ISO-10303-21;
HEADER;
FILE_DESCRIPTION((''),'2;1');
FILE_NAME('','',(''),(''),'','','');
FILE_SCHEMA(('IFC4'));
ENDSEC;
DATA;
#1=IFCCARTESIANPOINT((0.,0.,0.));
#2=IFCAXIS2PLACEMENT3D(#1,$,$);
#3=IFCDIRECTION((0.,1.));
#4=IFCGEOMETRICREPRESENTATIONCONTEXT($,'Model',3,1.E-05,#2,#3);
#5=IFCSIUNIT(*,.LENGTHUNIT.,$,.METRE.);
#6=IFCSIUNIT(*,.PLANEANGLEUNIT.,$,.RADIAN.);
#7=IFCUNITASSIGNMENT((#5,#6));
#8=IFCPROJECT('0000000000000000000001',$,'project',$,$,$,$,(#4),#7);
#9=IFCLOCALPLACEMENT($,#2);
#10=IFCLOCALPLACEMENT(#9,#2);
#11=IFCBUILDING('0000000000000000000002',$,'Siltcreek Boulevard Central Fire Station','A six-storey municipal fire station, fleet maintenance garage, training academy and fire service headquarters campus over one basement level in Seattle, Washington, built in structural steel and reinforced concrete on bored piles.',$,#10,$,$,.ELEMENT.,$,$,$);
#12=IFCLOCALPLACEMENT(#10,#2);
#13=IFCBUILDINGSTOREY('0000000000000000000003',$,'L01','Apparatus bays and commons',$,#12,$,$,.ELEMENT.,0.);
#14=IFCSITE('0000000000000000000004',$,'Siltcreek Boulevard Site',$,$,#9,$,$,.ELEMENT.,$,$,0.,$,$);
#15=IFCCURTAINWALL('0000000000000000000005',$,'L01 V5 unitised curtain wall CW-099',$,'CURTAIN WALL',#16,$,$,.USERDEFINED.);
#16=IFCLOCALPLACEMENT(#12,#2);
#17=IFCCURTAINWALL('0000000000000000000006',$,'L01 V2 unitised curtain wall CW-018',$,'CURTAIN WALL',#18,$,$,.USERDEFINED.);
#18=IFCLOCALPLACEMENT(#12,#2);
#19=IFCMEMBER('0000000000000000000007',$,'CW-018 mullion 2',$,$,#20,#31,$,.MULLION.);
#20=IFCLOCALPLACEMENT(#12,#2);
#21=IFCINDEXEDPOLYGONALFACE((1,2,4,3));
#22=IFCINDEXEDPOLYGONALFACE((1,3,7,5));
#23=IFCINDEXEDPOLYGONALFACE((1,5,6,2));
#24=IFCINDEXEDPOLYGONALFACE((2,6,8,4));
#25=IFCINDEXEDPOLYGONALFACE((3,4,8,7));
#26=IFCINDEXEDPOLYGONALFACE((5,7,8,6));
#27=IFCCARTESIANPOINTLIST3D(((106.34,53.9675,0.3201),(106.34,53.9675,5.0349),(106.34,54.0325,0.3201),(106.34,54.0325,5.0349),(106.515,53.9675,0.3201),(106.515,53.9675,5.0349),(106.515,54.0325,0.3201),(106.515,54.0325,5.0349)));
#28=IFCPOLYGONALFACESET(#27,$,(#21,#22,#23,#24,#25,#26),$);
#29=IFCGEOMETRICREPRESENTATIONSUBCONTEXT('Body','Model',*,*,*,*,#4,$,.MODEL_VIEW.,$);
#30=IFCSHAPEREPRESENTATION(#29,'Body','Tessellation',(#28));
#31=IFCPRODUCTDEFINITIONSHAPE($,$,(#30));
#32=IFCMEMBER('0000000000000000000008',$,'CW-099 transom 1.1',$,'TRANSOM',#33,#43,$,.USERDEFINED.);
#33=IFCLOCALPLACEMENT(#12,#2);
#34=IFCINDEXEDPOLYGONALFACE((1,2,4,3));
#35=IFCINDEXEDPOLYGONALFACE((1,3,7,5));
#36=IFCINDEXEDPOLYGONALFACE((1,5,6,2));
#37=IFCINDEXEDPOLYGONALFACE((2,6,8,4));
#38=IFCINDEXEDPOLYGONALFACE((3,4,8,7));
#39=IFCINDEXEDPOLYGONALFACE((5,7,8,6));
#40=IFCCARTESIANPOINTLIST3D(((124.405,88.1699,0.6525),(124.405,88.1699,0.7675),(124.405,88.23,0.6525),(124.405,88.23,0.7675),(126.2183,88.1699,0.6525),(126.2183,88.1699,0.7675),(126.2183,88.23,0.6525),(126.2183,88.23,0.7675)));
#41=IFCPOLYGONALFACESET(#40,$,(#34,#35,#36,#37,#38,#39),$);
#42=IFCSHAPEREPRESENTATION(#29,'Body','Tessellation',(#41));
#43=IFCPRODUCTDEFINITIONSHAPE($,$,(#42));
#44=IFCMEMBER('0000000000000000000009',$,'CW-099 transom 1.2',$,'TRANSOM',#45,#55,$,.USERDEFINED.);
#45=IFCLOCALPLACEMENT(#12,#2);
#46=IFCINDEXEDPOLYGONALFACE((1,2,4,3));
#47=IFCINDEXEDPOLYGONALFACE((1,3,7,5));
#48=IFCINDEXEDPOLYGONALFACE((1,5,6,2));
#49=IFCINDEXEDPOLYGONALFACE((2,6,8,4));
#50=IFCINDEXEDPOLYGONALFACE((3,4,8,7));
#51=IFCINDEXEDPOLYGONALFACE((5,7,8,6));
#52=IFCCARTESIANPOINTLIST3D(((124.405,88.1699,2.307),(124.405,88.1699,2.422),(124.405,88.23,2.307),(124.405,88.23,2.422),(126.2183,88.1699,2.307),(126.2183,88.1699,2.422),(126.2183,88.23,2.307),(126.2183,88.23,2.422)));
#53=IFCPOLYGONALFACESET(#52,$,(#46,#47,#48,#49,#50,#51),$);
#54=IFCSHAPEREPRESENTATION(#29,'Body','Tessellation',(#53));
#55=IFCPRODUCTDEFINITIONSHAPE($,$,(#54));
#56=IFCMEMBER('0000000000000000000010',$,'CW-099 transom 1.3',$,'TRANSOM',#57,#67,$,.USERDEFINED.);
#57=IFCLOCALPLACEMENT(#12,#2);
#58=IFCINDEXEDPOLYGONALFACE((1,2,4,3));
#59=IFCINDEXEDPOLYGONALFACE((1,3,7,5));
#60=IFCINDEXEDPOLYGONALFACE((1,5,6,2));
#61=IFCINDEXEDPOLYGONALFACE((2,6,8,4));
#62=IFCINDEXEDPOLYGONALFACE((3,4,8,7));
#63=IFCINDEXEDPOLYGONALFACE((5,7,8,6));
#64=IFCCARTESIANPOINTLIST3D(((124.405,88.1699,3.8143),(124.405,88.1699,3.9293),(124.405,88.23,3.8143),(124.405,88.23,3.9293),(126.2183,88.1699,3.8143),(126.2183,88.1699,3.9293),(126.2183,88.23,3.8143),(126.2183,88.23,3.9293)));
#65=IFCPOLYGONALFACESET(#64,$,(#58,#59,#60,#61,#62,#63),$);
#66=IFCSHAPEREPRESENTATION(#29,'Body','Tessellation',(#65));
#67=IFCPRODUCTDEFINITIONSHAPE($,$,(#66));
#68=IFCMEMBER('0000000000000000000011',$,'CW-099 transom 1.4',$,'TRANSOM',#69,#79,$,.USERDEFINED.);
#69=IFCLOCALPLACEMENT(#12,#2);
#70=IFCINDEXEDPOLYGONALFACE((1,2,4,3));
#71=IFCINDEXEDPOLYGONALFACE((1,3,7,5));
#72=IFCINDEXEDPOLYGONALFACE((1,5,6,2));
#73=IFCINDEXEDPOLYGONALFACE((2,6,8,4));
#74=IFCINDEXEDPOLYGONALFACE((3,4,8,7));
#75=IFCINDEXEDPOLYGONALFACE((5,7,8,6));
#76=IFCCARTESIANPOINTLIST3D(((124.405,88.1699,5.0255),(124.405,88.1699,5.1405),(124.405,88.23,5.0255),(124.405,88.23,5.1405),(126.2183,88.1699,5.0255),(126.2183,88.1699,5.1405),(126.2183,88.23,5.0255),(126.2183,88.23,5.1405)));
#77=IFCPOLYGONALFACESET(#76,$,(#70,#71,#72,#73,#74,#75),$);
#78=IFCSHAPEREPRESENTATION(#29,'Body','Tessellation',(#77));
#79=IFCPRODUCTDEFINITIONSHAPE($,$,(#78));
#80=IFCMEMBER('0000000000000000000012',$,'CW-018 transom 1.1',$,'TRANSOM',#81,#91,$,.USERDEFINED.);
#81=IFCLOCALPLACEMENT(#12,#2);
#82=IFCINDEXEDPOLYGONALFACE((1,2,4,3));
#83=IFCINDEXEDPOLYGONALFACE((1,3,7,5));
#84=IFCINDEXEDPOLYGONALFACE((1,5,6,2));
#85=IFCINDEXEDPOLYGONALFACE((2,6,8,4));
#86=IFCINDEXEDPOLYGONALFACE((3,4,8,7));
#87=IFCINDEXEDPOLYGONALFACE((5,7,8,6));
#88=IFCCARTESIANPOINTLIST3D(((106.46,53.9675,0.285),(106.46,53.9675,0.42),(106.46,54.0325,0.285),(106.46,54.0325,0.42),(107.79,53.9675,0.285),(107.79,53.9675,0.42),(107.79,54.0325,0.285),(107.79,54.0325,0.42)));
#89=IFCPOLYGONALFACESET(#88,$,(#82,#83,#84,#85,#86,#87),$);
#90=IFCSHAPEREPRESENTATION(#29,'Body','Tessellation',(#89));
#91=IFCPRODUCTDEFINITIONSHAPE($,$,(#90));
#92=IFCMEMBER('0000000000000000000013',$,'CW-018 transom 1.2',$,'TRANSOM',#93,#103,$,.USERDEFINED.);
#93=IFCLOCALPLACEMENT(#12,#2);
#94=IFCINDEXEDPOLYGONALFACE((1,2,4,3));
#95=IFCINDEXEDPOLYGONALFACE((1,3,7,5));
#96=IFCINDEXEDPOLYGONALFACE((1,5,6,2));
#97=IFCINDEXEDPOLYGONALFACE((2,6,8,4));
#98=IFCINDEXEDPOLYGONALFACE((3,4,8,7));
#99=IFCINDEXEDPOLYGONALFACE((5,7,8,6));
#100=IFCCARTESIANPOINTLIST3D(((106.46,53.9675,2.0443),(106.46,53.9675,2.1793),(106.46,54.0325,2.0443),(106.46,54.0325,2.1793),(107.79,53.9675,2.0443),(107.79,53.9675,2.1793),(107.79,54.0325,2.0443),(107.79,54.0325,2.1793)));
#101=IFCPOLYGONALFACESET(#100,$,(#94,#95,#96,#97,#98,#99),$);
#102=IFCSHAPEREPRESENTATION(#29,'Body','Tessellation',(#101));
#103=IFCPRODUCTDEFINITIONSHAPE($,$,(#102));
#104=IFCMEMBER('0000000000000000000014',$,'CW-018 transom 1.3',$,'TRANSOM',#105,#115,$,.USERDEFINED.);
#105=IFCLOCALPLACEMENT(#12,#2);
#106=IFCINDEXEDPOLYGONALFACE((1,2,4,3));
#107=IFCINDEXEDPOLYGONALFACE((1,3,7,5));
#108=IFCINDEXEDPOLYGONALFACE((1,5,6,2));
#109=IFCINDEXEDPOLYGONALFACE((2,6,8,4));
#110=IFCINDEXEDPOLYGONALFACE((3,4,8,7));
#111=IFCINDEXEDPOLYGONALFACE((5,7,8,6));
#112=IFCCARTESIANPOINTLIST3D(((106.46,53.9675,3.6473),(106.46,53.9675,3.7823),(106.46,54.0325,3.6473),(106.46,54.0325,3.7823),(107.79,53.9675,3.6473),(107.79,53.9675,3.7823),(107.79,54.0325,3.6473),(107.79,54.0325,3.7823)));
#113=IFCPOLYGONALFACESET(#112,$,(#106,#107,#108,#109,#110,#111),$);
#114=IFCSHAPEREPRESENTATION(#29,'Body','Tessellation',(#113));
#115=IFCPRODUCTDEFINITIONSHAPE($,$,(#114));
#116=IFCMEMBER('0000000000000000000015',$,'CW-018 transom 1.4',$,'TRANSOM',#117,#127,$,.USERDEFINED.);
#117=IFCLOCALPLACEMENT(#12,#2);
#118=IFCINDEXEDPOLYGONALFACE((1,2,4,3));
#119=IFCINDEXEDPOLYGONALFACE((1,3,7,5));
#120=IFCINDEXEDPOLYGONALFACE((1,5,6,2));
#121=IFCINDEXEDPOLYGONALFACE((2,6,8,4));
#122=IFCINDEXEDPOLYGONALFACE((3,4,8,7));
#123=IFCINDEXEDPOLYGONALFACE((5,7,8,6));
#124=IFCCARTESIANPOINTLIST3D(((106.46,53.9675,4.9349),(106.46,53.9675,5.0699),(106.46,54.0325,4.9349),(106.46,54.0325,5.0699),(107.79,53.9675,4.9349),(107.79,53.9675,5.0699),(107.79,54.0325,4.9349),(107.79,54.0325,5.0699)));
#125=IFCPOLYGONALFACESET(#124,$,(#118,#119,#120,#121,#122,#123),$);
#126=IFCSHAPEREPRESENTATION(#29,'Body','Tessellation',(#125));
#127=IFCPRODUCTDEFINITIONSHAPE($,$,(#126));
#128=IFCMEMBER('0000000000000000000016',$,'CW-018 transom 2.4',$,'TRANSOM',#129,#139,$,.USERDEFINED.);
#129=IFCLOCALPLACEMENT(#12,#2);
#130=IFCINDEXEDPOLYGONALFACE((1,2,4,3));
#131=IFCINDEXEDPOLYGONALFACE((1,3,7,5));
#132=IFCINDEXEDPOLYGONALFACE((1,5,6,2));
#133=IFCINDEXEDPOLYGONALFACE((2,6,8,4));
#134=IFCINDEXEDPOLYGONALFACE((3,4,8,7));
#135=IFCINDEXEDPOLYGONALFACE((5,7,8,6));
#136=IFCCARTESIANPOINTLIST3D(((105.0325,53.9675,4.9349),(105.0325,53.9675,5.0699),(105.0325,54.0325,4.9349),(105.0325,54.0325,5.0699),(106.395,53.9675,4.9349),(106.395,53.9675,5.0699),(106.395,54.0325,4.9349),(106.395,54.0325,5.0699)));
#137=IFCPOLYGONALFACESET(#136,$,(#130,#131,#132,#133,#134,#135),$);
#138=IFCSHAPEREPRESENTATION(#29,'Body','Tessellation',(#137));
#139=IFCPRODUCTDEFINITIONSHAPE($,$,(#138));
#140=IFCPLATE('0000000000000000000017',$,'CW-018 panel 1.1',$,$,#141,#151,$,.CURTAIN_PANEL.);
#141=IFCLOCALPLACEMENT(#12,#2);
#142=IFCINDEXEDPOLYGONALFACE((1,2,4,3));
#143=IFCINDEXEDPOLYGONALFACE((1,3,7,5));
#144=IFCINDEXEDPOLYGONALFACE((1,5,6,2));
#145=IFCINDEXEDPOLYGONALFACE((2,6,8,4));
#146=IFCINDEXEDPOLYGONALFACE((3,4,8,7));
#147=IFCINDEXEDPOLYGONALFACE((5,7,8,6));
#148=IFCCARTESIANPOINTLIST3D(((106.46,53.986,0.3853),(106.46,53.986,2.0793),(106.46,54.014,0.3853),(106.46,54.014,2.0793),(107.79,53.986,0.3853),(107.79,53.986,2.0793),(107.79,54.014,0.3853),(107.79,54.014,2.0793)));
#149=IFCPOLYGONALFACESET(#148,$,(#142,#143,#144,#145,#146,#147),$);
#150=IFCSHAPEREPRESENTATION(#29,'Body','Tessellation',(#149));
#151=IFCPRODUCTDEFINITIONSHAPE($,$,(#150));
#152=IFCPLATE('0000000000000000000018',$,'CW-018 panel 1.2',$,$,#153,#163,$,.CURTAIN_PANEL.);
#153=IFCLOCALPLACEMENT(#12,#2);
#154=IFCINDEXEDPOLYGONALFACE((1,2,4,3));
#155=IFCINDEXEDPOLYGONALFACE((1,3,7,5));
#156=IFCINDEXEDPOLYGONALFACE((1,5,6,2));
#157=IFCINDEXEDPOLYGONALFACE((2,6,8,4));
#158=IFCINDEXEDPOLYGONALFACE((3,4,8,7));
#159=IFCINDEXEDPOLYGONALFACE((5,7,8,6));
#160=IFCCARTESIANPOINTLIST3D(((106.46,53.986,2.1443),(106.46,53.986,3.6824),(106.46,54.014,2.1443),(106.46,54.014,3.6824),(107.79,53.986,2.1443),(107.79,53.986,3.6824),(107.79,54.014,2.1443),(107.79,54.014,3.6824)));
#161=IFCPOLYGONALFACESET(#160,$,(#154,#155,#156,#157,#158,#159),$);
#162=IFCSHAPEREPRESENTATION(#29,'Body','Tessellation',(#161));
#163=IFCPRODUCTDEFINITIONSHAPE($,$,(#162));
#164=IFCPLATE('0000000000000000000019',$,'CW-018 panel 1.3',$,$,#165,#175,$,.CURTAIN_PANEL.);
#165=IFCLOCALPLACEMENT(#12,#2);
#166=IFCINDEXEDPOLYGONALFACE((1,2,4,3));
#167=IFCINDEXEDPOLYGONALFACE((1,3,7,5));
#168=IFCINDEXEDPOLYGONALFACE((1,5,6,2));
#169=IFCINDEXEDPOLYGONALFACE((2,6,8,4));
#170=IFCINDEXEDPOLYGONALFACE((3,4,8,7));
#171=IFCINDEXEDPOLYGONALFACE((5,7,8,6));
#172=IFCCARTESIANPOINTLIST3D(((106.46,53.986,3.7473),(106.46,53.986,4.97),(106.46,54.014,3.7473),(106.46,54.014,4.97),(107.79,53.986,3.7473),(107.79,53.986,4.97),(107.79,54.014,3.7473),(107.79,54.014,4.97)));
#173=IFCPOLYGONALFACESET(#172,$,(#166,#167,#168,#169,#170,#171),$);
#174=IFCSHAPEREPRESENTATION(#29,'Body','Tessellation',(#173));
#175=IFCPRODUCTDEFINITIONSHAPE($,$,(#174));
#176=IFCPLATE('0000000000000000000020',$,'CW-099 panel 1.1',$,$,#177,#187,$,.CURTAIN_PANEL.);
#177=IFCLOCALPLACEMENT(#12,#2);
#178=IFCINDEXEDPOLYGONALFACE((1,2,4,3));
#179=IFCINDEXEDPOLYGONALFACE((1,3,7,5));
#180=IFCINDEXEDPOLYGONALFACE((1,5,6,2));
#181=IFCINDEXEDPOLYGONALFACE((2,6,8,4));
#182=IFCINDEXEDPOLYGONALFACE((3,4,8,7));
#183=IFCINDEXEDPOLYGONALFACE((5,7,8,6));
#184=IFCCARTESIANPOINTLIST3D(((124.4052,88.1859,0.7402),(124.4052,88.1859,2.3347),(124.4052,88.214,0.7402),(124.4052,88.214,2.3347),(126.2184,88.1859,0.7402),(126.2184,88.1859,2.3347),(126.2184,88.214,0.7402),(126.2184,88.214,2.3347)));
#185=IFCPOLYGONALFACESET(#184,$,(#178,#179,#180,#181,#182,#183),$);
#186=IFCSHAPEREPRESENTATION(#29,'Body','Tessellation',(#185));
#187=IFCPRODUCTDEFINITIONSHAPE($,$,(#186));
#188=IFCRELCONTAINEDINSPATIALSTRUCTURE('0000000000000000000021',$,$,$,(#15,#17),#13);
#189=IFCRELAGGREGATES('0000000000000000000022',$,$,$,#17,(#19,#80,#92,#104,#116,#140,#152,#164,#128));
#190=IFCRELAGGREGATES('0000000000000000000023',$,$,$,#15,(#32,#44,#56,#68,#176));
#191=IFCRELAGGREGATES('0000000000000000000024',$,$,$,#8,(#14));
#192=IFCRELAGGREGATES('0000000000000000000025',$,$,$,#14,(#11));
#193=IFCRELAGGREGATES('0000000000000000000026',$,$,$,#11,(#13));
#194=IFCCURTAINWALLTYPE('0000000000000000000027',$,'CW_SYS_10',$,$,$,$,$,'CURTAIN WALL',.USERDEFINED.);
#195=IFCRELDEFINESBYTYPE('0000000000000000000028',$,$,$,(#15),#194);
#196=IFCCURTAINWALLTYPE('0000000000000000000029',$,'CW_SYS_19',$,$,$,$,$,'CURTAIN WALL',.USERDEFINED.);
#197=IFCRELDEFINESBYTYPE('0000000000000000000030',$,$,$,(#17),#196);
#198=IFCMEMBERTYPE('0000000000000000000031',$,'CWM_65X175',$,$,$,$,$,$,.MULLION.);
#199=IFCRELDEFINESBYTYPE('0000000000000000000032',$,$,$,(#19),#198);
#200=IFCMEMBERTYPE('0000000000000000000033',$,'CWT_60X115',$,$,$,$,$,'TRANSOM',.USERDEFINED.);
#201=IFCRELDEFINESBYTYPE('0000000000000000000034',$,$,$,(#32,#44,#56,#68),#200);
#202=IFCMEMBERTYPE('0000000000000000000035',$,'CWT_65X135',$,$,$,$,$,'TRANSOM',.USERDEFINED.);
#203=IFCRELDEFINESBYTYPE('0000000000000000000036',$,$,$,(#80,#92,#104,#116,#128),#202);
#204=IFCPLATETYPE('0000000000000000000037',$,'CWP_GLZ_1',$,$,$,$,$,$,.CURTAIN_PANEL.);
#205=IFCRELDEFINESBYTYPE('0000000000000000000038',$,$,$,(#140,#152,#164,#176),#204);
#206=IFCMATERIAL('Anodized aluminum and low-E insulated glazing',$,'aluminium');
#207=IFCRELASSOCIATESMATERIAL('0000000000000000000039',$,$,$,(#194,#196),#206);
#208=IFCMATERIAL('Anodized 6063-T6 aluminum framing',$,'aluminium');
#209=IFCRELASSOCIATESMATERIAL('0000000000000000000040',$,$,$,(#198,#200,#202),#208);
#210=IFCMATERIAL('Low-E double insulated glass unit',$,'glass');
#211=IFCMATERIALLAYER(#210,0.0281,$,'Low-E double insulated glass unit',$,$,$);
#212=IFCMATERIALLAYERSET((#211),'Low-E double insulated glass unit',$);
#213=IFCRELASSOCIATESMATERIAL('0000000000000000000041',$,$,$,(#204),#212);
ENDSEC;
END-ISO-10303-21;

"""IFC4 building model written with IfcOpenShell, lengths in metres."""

from ifc_helpers import new_model, si_unit, direction, frame, origin, origin_2d, place, context, subcontext, project, spatial, rectangle, extrude, material, layer, layer_set, material_profile, profile_set, type_object, element, aggregate, save


model = new_model("IFC4")

# Units and contexts
model_context = context("Model", 3, precision=1e-05, world=origin(), true_north=direction((0.0, 1.0)))
body_context = subcontext(model_context, "Body", "Model", "MODEL_VIEW")
ifc_project = project(units=[si_unit("LENGTHUNIT", "METRE"), si_unit("PLANEANGLEUNIT", "RADIAN")], contexts=[model_context])

# Site, building, storey
site_placement = place(None, origin())
site = spatial("IfcSite", under=ifc_project, at=site_placement, Name="Siltcreek Boulevard Site", CompositionType="ELEMENT", RefElevation=0.0)
building_placement = place(site_placement, origin())
building = spatial("IfcBuilding", under=site, at=building_placement, Name="Siltcreek Boulevard Central Fire Station", Description="A six-storey municipal fire station, fleet maintenance garage, training academy and fire service headquarters campus over one basement level in Seattle, Washington, built in structural steel and reinforced concrete on bored piles.", CompositionType="ELEMENT")
storey_placement = place(building_placement, origin())
storey = spatial("IfcBuildingStorey", under=building, at=storey_placement, Name="L01", Description="Apparatus bays and commons", CompositionType="ELEMENT", Elevation=0.0)

# Curtain walls, member
ifc_material_1 = material(Name="Anodized aluminum and low-E insulated glazing", Category="aluminium")
curtain_wall_type_1 = type_object("IfcCurtainWallType", Name="CW_SYS_10", ElementType="CURTAIN WALL", PredefinedType="USERDEFINED", material=ifc_material_1)
curtain_wall_1_placement = place(storey_placement, origin())
curtain_wall_1 = element("IfcCurtainWall", 1, at=curtain_wall_1_placement, inside=storey, type_object=curtain_wall_type_1, Name="L01 V5 unitised curtain wall CW-099", ObjectType="CURTAIN WALL", PredefinedType="USERDEFINED")
ifc_material_2 = material(Name="Anodized 6063-T6 aluminum framing", Category="aluminium")
curtain_wall_type_2 = type_object("IfcCurtainWallType", Name="CW_SYS_19", ElementType="CURTAIN WALL", PredefinedType="USERDEFINED", material=ifc_material_1)
curtain_wall_2_placement = place(storey_placement, origin())
curtain_wall_2 = element("IfcCurtainWall", 2, at=curtain_wall_2_placement, inside=storey, type_object=curtain_wall_type_2, Name="L01 V2 unitised curtain wall CW-018", ObjectType="CURTAIN WALL", PredefinedType="USERDEFINED")
ifc_material_profile_1 = material_profile(ifc_material_2, rectangle(XDim=0.0649, YDim=0.175, at=origin_2d()), Name="MULL65X175")
ifc_profile_set_1 = profile_set([ifc_material_profile_1], Name="Anodized 6063-T6 aluminum framing")
member_type_1 = type_object("IfcMemberType", Name="CWM_65X175", PredefinedType="MULLION", material=ifc_profile_set_1)
member_1_placement = place(storey_placement, frame((106.4275, 54.0, 0.3201), z_axis=(0.0, 0.0, 1.0), x_axis=(0.0, -1.0, 0.0)))
member_1 = element("IfcMember", 3, at=member_1_placement, type_object=member_type_1, Name="CW-018 mullion 2", PredefinedType="MULLION", context=body_context, shape_type="SweptSolid", body=[
    extrude(rectangle(XDim=0.0649, YDim=0.175, at=origin_2d()), origin(), (0.0, 0.0, 1.0), 4.7148),
])

# Members
ifc_material_profile_2 = material_profile(ifc_material_2, rectangle(XDim=0.0601, YDim=0.115, at=origin_2d()), Name="TRAN60X115")
ifc_profile_set_2 = profile_set([ifc_material_profile_2], Name="Anodized 6063-T6 aluminum framing")
member_type_2 = type_object("IfcMemberType", Name="CWT_60X115", ElementType="TRANSOM", PredefinedType="USERDEFINED", material=ifc_profile_set_2)
member_2_placement = place(storey_placement, frame((124.405, 88.2, 0.71), z_axis=(1.0, 0.0, 0.0), x_axis=(0.0, 1.0, 0.0)))
member_2 = element("IfcMember", 4, at=member_2_placement, type_object=member_type_2, Name="CW-099 transom 1.1", ObjectType="TRANSOM", PredefinedType="USERDEFINED", context=body_context, shape_type="SweptSolid", body=[
    extrude(rectangle(XDim=0.0601, YDim=0.115, at=origin_2d()), origin(), (0.0, 0.0, 1.0), 1.8132),
])
member_3_placement = place(storey_placement, frame((124.405, 88.2, 2.3645), z_axis=(1.0, 0.0, 0.0), x_axis=(0.0, 1.0, 0.0)))
member_3 = element("IfcMember", 5, at=member_3_placement, type_object=member_type_2, Name="CW-099 transom 1.2", ObjectType="TRANSOM", PredefinedType="USERDEFINED", context=body_context, shape_type="SweptSolid", body=[
    extrude(rectangle(XDim=0.0601, YDim=0.115, at=origin_2d()), origin(), (0.0, 0.0, 1.0), 1.8132),
])
member_4_placement = place(storey_placement, frame((124.405, 88.2, 3.8718), z_axis=(1.0, 0.0, 0.0), x_axis=(0.0, 1.0, 0.0)))
member_4 = element("IfcMember", 6, at=member_4_placement, type_object=member_type_2, Name="CW-099 transom 1.3", ObjectType="TRANSOM", PredefinedType="USERDEFINED", context=body_context, shape_type="SweptSolid", body=[
    extrude(rectangle(XDim=0.0601, YDim=0.115, at=origin_2d()), origin(), (0.0, 0.0, 1.0), 1.8132),
])
member_5_placement = place(storey_placement, frame((124.405, 88.2, 5.083), z_axis=(1.0, 0.0, 0.0), x_axis=(0.0, 1.0, 0.0)))
member_5 = element("IfcMember", 7, at=member_5_placement, type_object=member_type_2, Name="CW-099 transom 1.4", ObjectType="TRANSOM", PredefinedType="USERDEFINED", context=body_context, shape_type="SweptSolid", body=[
    extrude(rectangle(XDim=0.0601, YDim=0.115, at=origin_2d()), origin(), (0.0, 0.0, 1.0), 1.8132),
])
ifc_material_profile_3 = material_profile(ifc_material_2, rectangle(XDim=0.0649, YDim=0.135, at=origin_2d()), Name="TRAN65X135")
ifc_profile_set_3 = profile_set([ifc_material_profile_3], Name="Anodized 6063-T6 aluminum framing")
member_type_3 = type_object("IfcMemberType", Name="CWT_65X135", ElementType="TRANSOM", PredefinedType="USERDEFINED", material=ifc_profile_set_3)
member_6_placement = place(storey_placement, frame((107.79, 54.0, 0.3525), z_axis=(-1.0, 0.0, 0.0), x_axis=(0.0, -1.0, 0.0)))
member_6 = element("IfcMember", 8, at=member_6_placement, type_object=member_type_3, Name="CW-018 transom 1.1", ObjectType="TRANSOM", PredefinedType="USERDEFINED", context=body_context, shape_type="SweptSolid", body=[
    extrude(rectangle(XDim=0.0649, YDim=0.135, at=origin_2d()), origin(), (0.0, 0.0, 1.0), 1.3301),
])
member_7_placement = place(storey_placement, frame((107.79, 54.0, 2.1118), z_axis=(-1.0, 0.0, 0.0), x_axis=(0.0, -1.0, 0.0)))
member_7 = element("IfcMember", 9, at=member_7_placement, type_object=member_type_3, Name="CW-018 transom 1.2", ObjectType="TRANSOM", PredefinedType="USERDEFINED", context=body_context, shape_type="SweptSolid", body=[
    extrude(rectangle(XDim=0.0649, YDim=0.135, at=origin_2d()), origin(), (0.0, 0.0, 1.0), 1.3301),
])
member_8_placement = place(storey_placement, frame((107.79, 54.0, 3.7148), z_axis=(-1.0, 0.0, 0.0), x_axis=(0.0, -1.0, 0.0)))
member_8 = element("IfcMember", 10, at=member_8_placement, type_object=member_type_3, Name="CW-018 transom 1.3", ObjectType="TRANSOM", PredefinedType="USERDEFINED", context=body_context, shape_type="SweptSolid", body=[
    extrude(rectangle(XDim=0.0649, YDim=0.135, at=origin_2d()), origin(), (0.0, 0.0, 1.0), 1.3301),
])
member_9_placement = place(storey_placement, frame((107.79, 54.0, 5.0024), z_axis=(-1.0, 0.0, 0.0), x_axis=(0.0, -1.0, 0.0)))
member_9 = element("IfcMember", 11, at=member_9_placement, type_object=member_type_3, Name="CW-018 transom 1.4", ObjectType="TRANSOM", PredefinedType="USERDEFINED", context=body_context, shape_type="SweptSolid", body=[
    extrude(rectangle(XDim=0.0649, YDim=0.135, at=origin_2d()), origin(), (0.0, 0.0, 1.0), 1.3301),
])
member_10_placement = place(storey_placement, frame((106.395, 54.0, 5.0024), z_axis=(-1.0, 0.0, 0.0), x_axis=(0.0, -1.0, 0.0)))
member_10 = element("IfcMember", 12, at=member_10_placement, type_object=member_type_3, Name="CW-018 transom 2.4", ObjectType="TRANSOM", PredefinedType="USERDEFINED", context=body_context, shape_type="SweptSolid", body=[
    extrude(rectangle(XDim=0.0649, YDim=0.135, at=origin_2d()), origin(), (0.0, 0.0, 1.0), 1.3625),
])

# Plates
ifc_material_3 = material(Name="Low-E double insulated glass unit", Category="glass")
ifc_layer_1 = layer(ifc_material_3, 0.0281, Name="Low-E double insulated glass unit")
ifc_layer_set_1 = layer_set([ifc_layer_1], Name="Low-E double insulated glass unit")
plate_type_1 = type_object("IfcPlateType", Name="CWP_GLZ_1", PredefinedType="CURTAIN_PANEL", material=ifc_layer_set_1)
plate_1_placement = place(storey_placement, frame((107.125, 54.0, 0.3853), z_axis=(0.0, 0.0, 1.0), x_axis=(-1.0, 0.0, 0.0)))
plate_1 = element("IfcPlate", 13, at=plate_1_placement, type_object=plate_type_1, Name="CW-018 panel 1.1", PredefinedType="CURTAIN_PANEL", context=body_context, shape_type="SweptSolid", body=[
    extrude(rectangle(XDim=1.3301, YDim=0.0281, at=origin_2d()), origin(), (0.0, 0.0, 1.0), 1.6941),
])
plate_2_placement = place(storey_placement, frame((107.125, 54.0, 2.1443), z_axis=(0.0, 0.0, 1.0), x_axis=(-1.0, 0.0, 0.0)))
plate_2 = element("IfcPlate", 14, at=plate_2_placement, type_object=plate_type_1, Name="CW-018 panel 1.2", PredefinedType="CURTAIN_PANEL", context=body_context, shape_type="SweptSolid", body=[
    extrude(rectangle(XDim=1.3301, YDim=0.0281, at=origin_2d()), origin(), (0.0, 0.0, 1.0), 1.5381),
])
plate_3_placement = place(storey_placement, frame((107.125, 54.0, 3.7473), z_axis=(0.0, 0.0, 1.0), x_axis=(-1.0, 0.0, 0.0)))
plate_3 = element("IfcPlate", 15, at=plate_3_placement, type_object=plate_type_1, Name="CW-018 panel 1.3", PredefinedType="CURTAIN_PANEL", context=body_context, shape_type="SweptSolid", body=[
    extrude(rectangle(XDim=1.3301, YDim=0.0281, at=origin_2d()), origin(), (0.0, 0.0, 1.0), 1.2227),
])
aggregate(curtain_wall_2, [member_1, member_6, member_7, member_8, member_9, plate_1, plate_2, plate_3, member_10])
plate_4_placement = place(storey_placement, frame((125.3118, 88.2, 0.7402), z_axis=(0.0, 0.0, 1.0), x_axis=(1.0, 0.0, 0.0)))
plate_4 = element("IfcPlate", 16, at=plate_4_placement, type_object=plate_type_1, Name="CW-099 panel 1.1", PredefinedType="CURTAIN_PANEL", context=body_context, shape_type="SweptSolid", body=[
    extrude(rectangle(XDim=1.8132, YDim=0.0281, at=origin_2d()), origin(), (0.0, 0.0, 1.0), 1.5945),
])
aggregate(curtain_wall_1, [member_2, member_3, member_4, member_5, plate_4])

save(model, "model.ifc")
